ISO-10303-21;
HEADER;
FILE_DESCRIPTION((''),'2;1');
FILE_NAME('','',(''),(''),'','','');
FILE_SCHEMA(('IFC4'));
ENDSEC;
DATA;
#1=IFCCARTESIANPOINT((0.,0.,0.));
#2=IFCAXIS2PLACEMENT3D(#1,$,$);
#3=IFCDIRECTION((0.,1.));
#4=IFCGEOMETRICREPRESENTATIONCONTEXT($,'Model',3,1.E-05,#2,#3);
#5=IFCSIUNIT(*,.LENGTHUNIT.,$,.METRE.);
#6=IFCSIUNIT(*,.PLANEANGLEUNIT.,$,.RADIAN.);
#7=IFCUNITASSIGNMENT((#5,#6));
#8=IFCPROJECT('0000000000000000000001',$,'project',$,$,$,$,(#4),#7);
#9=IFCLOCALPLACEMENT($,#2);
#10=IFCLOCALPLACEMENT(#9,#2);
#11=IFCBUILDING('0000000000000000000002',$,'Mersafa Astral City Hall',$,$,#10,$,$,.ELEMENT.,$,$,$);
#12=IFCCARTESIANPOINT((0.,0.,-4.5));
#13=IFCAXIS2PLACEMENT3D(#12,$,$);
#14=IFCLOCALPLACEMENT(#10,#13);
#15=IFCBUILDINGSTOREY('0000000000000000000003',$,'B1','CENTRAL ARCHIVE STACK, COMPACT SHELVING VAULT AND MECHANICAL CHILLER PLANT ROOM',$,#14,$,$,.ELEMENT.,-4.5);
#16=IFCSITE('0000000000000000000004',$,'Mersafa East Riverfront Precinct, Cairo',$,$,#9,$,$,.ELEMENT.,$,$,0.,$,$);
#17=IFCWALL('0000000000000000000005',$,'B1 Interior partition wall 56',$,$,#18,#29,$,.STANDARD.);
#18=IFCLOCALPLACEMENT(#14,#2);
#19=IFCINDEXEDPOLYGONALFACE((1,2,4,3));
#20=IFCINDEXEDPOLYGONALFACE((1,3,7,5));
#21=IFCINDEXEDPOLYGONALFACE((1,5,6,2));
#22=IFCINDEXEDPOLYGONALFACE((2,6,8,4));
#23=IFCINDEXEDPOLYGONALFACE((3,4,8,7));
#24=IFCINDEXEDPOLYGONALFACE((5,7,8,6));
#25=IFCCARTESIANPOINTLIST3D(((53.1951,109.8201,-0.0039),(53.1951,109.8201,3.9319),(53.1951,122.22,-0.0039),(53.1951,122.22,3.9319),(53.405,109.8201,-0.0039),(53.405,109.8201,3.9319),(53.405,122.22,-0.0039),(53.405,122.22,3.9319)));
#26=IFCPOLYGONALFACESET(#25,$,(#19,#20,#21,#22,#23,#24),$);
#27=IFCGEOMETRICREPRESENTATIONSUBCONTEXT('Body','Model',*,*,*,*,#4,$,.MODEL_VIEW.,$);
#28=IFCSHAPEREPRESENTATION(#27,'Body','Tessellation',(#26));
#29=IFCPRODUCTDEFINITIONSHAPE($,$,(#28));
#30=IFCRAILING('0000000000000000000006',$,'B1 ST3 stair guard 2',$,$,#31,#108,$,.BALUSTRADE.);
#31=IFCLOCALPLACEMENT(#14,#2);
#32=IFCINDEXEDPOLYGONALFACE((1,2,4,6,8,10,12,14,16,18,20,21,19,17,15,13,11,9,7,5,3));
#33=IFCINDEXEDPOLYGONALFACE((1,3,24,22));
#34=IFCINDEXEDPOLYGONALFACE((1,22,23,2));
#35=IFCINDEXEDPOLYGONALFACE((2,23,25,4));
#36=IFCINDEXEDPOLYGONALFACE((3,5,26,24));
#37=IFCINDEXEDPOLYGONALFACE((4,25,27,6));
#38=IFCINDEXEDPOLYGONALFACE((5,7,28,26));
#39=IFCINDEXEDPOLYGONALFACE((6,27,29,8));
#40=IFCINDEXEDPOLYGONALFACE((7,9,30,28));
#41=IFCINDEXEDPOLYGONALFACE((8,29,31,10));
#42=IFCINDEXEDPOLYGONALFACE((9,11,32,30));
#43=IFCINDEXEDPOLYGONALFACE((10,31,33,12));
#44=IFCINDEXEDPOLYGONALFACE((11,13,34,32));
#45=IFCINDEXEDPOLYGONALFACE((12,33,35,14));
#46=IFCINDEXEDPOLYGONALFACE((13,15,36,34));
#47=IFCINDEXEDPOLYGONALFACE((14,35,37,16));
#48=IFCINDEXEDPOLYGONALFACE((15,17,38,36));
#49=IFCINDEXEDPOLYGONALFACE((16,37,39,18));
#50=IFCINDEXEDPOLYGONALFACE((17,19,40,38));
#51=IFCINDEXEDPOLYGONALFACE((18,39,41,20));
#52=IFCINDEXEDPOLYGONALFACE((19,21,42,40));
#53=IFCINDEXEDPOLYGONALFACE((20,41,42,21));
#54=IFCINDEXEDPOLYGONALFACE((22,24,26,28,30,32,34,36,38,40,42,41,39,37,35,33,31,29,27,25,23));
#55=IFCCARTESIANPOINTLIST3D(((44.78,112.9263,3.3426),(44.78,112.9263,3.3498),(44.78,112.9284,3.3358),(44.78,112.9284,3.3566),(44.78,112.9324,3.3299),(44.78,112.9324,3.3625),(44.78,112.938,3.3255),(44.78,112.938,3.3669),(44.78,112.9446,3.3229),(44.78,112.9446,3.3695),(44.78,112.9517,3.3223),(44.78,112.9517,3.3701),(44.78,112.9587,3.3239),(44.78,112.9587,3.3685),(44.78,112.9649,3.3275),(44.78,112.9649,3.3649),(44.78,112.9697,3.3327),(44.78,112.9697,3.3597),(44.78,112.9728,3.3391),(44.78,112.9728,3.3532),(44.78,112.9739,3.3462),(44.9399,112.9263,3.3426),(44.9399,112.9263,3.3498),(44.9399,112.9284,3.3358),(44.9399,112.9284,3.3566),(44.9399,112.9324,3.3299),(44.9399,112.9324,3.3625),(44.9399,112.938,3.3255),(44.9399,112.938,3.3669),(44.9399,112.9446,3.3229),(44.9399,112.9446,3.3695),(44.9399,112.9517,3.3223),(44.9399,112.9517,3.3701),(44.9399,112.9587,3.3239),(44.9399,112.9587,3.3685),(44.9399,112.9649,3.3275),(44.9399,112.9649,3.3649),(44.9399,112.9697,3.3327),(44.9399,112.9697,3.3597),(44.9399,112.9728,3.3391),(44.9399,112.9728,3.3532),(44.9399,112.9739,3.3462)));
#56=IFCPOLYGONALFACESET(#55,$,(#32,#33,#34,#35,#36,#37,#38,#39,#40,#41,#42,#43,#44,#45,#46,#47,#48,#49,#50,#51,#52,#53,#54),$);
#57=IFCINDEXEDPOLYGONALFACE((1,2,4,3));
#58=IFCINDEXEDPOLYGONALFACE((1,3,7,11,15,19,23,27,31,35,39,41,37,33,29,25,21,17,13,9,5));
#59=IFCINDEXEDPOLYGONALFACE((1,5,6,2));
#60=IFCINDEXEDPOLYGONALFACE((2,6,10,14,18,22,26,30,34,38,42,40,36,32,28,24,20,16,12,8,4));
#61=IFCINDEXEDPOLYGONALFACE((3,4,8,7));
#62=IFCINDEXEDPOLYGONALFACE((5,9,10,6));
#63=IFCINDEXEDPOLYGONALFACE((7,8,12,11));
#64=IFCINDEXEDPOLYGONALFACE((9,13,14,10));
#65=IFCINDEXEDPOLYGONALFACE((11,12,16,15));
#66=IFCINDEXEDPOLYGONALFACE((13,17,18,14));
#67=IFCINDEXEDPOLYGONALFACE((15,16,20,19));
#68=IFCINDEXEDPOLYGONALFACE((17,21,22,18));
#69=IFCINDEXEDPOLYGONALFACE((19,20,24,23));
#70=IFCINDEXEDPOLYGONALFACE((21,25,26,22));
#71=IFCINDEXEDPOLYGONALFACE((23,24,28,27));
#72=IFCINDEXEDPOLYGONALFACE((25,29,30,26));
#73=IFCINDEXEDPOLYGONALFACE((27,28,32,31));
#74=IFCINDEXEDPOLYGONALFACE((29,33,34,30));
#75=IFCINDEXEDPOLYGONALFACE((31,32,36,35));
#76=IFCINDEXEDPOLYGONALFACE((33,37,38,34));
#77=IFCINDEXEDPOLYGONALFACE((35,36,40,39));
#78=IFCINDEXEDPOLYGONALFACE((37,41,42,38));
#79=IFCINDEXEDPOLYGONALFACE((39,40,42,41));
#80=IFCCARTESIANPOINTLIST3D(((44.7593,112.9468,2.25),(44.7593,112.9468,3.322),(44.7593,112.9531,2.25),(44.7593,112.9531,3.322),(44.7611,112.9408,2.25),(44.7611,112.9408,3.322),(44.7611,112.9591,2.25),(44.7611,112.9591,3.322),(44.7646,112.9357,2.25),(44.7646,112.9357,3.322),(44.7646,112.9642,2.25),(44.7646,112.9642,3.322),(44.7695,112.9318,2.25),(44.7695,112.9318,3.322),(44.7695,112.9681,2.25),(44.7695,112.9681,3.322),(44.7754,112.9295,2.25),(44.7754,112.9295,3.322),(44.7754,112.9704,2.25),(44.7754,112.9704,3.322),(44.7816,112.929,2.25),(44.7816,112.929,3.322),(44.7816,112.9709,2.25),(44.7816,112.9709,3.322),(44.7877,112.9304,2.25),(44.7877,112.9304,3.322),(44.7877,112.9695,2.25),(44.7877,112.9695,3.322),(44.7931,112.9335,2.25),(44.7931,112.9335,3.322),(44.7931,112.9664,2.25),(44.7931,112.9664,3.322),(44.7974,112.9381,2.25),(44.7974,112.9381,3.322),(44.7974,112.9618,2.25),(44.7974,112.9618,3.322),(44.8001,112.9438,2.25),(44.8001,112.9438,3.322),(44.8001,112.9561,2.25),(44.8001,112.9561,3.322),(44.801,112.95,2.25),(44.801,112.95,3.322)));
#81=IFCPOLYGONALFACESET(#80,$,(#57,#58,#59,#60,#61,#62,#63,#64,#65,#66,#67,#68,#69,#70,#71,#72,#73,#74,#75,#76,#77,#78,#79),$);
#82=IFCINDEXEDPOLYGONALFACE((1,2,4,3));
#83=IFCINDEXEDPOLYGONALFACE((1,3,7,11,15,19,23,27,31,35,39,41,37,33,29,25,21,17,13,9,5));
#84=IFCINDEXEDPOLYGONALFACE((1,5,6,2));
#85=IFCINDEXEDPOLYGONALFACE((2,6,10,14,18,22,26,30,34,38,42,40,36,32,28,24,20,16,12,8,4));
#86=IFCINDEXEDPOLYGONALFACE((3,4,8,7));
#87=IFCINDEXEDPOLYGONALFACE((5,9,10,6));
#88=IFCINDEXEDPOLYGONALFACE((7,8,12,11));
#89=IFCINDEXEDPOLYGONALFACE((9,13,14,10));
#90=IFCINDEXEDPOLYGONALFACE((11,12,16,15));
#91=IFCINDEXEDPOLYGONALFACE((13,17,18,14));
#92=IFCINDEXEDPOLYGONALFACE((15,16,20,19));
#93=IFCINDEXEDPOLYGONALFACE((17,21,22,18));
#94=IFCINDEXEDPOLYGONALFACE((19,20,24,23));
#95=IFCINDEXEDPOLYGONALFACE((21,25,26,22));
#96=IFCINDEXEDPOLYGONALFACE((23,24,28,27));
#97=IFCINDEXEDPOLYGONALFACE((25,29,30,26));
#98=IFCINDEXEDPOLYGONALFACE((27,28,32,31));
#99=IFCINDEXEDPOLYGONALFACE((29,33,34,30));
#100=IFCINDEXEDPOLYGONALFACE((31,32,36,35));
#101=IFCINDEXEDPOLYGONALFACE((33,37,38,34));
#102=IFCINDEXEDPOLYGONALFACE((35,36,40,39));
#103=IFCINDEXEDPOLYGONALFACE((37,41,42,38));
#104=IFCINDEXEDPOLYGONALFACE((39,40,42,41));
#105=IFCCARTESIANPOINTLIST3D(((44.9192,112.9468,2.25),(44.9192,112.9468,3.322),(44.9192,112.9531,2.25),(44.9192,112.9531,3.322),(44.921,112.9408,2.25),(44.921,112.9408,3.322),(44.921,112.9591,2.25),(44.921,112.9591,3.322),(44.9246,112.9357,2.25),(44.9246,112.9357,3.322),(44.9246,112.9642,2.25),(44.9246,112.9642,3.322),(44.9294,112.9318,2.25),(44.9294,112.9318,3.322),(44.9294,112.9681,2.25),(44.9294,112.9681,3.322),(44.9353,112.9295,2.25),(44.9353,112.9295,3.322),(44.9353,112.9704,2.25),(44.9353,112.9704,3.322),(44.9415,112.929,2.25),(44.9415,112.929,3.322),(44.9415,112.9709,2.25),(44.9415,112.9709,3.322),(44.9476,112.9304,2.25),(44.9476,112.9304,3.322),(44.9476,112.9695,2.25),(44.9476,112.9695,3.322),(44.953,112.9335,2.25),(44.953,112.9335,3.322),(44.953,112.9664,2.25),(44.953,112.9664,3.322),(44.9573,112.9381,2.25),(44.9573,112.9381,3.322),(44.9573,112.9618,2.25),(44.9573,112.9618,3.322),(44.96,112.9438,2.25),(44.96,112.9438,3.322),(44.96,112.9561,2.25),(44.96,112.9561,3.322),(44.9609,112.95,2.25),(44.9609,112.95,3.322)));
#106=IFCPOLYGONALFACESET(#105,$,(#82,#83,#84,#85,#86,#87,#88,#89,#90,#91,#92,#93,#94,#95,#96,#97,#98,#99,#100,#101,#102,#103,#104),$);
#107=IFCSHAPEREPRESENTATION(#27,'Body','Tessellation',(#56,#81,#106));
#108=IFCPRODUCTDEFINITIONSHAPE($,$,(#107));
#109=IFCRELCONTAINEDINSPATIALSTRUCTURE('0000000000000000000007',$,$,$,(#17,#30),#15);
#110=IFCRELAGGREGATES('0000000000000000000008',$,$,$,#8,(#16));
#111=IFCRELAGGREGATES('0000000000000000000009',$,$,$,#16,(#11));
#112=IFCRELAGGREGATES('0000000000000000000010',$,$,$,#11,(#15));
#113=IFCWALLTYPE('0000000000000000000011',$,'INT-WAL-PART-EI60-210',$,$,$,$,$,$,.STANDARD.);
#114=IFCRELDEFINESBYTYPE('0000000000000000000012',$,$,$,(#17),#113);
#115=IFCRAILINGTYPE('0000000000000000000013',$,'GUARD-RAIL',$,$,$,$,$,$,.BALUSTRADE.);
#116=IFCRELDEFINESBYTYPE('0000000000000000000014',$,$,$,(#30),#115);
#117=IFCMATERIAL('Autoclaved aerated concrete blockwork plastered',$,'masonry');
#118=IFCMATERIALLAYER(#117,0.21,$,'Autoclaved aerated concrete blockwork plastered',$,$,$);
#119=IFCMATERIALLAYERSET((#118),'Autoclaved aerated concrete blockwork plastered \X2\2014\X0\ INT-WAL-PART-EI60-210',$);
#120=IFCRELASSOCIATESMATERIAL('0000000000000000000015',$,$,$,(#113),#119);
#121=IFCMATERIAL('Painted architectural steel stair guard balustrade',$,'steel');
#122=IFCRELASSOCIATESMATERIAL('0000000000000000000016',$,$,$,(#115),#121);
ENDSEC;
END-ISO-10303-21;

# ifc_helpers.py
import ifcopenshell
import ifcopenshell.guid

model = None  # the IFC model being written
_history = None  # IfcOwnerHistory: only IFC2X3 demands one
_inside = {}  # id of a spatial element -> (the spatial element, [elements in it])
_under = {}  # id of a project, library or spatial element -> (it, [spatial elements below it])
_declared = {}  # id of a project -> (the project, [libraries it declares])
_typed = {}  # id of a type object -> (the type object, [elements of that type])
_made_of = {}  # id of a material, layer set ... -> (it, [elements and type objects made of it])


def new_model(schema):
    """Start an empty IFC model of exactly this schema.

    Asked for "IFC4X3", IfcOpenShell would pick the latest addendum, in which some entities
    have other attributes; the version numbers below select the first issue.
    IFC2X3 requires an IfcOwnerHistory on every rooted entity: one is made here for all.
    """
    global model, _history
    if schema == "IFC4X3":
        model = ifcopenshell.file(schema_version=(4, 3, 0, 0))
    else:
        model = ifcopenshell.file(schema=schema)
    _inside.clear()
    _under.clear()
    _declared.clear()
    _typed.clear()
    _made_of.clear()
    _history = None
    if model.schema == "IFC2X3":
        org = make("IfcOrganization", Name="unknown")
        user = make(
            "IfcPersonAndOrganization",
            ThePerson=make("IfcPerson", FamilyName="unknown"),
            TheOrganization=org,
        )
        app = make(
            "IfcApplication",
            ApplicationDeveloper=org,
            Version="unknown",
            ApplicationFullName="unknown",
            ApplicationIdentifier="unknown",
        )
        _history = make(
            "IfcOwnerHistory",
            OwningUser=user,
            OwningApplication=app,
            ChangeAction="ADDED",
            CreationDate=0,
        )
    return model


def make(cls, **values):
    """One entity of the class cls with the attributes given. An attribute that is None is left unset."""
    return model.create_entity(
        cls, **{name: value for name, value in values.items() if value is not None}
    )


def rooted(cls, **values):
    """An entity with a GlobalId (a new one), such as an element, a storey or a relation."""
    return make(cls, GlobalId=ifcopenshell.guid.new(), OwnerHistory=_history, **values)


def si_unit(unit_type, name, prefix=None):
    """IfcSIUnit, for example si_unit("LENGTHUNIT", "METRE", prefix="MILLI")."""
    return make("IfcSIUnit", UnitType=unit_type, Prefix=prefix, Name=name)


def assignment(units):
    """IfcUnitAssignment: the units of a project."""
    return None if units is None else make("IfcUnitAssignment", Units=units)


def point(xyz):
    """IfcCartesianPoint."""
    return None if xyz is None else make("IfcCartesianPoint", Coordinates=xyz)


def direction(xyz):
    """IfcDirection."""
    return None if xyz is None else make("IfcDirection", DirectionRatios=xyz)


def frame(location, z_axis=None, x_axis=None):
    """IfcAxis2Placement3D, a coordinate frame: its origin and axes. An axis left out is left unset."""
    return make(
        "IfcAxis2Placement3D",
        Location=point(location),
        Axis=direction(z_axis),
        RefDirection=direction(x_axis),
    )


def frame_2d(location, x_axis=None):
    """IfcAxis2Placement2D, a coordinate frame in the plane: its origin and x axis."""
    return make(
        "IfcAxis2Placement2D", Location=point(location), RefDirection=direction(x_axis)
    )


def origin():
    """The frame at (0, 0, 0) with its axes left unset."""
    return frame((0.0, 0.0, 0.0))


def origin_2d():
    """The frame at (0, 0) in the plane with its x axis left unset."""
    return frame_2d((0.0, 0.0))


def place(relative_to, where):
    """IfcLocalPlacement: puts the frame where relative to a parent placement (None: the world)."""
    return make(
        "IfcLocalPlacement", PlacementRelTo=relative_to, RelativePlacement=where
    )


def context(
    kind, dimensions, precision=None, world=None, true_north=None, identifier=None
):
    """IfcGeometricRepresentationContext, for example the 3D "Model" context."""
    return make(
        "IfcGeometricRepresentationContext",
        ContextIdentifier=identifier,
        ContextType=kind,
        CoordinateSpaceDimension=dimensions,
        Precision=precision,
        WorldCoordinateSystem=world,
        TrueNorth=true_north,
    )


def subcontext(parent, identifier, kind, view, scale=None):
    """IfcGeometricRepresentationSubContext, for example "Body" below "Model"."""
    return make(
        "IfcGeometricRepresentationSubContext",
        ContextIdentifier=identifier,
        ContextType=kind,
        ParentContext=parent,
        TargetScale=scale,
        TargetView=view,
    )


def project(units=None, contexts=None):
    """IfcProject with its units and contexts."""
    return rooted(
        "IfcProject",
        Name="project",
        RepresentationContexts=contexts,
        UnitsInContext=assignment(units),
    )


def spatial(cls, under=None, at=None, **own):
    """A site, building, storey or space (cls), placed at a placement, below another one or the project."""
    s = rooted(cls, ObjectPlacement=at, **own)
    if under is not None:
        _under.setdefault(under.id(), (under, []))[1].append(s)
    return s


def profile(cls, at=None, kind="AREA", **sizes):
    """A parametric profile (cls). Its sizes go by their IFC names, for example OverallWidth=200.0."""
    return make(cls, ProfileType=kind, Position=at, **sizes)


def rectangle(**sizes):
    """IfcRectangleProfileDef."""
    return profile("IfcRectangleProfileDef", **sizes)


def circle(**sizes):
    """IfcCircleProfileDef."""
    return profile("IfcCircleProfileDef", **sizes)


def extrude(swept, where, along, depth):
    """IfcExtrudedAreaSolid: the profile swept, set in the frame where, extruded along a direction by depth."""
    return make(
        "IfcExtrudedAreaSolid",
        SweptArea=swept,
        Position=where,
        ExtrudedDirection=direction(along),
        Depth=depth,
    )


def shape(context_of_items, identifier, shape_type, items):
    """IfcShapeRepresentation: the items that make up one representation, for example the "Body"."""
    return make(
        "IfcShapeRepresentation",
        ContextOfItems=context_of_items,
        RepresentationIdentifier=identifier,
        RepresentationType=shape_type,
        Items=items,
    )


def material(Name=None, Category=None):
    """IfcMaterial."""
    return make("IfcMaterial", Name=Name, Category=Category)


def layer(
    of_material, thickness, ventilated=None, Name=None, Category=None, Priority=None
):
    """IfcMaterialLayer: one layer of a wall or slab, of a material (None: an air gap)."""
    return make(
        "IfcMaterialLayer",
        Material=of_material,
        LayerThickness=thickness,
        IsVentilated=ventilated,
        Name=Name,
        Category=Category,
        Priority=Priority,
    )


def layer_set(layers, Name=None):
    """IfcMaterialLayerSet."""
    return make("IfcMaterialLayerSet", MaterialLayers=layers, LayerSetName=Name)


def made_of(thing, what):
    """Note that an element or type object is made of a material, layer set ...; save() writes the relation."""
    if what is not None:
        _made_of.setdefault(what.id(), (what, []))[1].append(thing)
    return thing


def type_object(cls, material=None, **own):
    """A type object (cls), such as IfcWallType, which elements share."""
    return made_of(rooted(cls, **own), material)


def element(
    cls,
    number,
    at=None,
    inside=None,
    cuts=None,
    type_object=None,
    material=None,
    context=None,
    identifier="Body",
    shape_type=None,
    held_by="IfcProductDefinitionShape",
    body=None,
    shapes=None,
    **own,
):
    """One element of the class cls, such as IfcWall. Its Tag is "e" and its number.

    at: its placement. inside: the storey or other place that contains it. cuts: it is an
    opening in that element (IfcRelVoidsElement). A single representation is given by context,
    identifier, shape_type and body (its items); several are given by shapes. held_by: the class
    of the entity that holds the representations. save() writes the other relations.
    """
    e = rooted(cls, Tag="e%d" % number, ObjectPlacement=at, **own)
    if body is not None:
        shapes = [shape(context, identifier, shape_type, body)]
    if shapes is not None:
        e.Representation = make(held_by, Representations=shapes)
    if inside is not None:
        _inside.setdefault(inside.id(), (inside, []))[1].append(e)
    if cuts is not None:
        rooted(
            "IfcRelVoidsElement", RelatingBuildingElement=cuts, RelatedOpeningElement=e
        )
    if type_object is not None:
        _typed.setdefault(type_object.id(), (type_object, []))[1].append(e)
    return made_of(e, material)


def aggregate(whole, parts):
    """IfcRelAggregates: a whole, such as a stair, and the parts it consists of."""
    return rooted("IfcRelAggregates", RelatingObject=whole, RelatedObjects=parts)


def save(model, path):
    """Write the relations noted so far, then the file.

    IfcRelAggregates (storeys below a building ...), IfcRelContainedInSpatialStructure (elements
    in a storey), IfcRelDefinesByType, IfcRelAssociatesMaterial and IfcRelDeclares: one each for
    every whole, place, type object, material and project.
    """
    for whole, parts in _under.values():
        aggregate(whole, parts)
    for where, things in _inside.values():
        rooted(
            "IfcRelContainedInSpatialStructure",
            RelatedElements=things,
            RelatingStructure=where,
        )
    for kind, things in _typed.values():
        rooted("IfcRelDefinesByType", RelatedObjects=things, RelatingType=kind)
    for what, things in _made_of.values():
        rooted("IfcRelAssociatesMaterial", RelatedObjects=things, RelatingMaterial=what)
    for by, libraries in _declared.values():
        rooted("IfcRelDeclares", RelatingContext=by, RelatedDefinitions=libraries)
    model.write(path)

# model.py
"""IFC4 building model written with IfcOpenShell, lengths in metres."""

from ifc_helpers import new_model, si_unit, direction, frame, frame_2d, origin, origin_2d, place, context, subcontext, project, spatial, rectangle, circle, extrude, material, layer, layer_set, type_object, element, save


model = new_model("IFC4")

# Units and contexts
model_context = context("Model", 3, precision=1e-05, world=origin(), true_north=direction((0.0, 1.0)))
body_context = subcontext(model_context, "Body", "Model", "MODEL_VIEW")
ifc_project = project(units=[si_unit("LENGTHUNIT", "METRE"), si_unit("PLANEANGLEUNIT", "RADIAN")], contexts=[model_context])

# Site, building, storey
site_placement = place(None, origin())
site = spatial("IfcSite", under=ifc_project, at=site_placement, Name="Mersafa East Riverfront Precinct, Cairo", CompositionType="ELEMENT", RefElevation=0.0)
building_placement = place(site_placement, origin())
building = spatial("IfcBuilding", under=site, at=building_placement, Name="Mersafa Astral City Hall", CompositionType="ELEMENT")
storey_placement = place(building_placement, frame((0.0, 0.0, -4.5)))
storey = spatial("IfcBuildingStorey", under=building, at=storey_placement, Name="B1", Description="CENTRAL ARCHIVE STACK, COMPACT SHELVING VAULT AND MECHANICAL CHILLER PLANT ROOM", CompositionType="ELEMENT", Elevation=-4.5)

# Shared definitions
ifc_material_1 = material(Name="Autoclaved aerated concrete blockwork plastered", Category="masonry")
ifc_layer_1 = layer(ifc_material_1, 0.21, Name="Autoclaved aerated concrete blockwork plastered")
ifc_layer_set_1 = layer_set([ifc_layer_1], Name="Autoclaved aerated concrete blockwork plastered — INT-WAL-PART-EI60-210")
wall_type_1 = type_object("IfcWallType", Name="INT-WAL-PART-EI60-210", PredefinedType="STANDARD", material=ifc_layer_set_1)

# Wall
wall_1_placement = place(storey_placement, frame((53.3, 109.8201, -0.0039), z_axis=(0.0, 0.0, 1.0), x_axis=(0.0, 1.0, 0.0)))
element("IfcWall", 1, at=wall_1_placement, inside=storey, type_object=wall_type_1, Name="B1 Interior partition wall 56", PredefinedType="STANDARD", context=body_context, shape_type="SweptSolid", body=[
    extrude(rectangle(XDim=12.3999, YDim=0.21, at=frame_2d((6.2, 0.0))), origin(), (0.0, 0.0, 1.0), 3.9358),
])

# Railing
ifc_material_2 = material(Name="Painted architectural steel stair guard balustrade", Category="steel")
railing_type = type_object("IfcRailingType", Name="GUARD-RAIL", PredefinedType="BALUSTRADE", material=ifc_material_2)
railing_placement = place(storey_placement, frame((44.78, 112.95, 2.25)))
element("IfcRailing", 2, at=railing_placement, inside=storey, type_object=railing_type, Name="B1 ST3 stair guard 2", PredefinedType="BALUSTRADE", context=body_context, shape_type="SweptSolid", body=[
    extrude(circle(Radius=0.0239, at=origin_2d()), frame((0.0, 0.0, 1.0962), z_axis=(1.0, 0.0, 0.0), x_axis=(0.0, 1.0, 0.0)), (0.0, 0.0, 1.0), 0.1599),
    extrude(circle(Radius=0.021, at=origin_2d()), origin(), (0.0, 0.0, 1.0), 1.072),
    extrude(circle(Radius=0.021, at=origin_2d()), frame((0.1599, 0.0, 0.0)), (0.0, 0.0, 1.0), 1.072),
])

save(model, "model.ifc")
